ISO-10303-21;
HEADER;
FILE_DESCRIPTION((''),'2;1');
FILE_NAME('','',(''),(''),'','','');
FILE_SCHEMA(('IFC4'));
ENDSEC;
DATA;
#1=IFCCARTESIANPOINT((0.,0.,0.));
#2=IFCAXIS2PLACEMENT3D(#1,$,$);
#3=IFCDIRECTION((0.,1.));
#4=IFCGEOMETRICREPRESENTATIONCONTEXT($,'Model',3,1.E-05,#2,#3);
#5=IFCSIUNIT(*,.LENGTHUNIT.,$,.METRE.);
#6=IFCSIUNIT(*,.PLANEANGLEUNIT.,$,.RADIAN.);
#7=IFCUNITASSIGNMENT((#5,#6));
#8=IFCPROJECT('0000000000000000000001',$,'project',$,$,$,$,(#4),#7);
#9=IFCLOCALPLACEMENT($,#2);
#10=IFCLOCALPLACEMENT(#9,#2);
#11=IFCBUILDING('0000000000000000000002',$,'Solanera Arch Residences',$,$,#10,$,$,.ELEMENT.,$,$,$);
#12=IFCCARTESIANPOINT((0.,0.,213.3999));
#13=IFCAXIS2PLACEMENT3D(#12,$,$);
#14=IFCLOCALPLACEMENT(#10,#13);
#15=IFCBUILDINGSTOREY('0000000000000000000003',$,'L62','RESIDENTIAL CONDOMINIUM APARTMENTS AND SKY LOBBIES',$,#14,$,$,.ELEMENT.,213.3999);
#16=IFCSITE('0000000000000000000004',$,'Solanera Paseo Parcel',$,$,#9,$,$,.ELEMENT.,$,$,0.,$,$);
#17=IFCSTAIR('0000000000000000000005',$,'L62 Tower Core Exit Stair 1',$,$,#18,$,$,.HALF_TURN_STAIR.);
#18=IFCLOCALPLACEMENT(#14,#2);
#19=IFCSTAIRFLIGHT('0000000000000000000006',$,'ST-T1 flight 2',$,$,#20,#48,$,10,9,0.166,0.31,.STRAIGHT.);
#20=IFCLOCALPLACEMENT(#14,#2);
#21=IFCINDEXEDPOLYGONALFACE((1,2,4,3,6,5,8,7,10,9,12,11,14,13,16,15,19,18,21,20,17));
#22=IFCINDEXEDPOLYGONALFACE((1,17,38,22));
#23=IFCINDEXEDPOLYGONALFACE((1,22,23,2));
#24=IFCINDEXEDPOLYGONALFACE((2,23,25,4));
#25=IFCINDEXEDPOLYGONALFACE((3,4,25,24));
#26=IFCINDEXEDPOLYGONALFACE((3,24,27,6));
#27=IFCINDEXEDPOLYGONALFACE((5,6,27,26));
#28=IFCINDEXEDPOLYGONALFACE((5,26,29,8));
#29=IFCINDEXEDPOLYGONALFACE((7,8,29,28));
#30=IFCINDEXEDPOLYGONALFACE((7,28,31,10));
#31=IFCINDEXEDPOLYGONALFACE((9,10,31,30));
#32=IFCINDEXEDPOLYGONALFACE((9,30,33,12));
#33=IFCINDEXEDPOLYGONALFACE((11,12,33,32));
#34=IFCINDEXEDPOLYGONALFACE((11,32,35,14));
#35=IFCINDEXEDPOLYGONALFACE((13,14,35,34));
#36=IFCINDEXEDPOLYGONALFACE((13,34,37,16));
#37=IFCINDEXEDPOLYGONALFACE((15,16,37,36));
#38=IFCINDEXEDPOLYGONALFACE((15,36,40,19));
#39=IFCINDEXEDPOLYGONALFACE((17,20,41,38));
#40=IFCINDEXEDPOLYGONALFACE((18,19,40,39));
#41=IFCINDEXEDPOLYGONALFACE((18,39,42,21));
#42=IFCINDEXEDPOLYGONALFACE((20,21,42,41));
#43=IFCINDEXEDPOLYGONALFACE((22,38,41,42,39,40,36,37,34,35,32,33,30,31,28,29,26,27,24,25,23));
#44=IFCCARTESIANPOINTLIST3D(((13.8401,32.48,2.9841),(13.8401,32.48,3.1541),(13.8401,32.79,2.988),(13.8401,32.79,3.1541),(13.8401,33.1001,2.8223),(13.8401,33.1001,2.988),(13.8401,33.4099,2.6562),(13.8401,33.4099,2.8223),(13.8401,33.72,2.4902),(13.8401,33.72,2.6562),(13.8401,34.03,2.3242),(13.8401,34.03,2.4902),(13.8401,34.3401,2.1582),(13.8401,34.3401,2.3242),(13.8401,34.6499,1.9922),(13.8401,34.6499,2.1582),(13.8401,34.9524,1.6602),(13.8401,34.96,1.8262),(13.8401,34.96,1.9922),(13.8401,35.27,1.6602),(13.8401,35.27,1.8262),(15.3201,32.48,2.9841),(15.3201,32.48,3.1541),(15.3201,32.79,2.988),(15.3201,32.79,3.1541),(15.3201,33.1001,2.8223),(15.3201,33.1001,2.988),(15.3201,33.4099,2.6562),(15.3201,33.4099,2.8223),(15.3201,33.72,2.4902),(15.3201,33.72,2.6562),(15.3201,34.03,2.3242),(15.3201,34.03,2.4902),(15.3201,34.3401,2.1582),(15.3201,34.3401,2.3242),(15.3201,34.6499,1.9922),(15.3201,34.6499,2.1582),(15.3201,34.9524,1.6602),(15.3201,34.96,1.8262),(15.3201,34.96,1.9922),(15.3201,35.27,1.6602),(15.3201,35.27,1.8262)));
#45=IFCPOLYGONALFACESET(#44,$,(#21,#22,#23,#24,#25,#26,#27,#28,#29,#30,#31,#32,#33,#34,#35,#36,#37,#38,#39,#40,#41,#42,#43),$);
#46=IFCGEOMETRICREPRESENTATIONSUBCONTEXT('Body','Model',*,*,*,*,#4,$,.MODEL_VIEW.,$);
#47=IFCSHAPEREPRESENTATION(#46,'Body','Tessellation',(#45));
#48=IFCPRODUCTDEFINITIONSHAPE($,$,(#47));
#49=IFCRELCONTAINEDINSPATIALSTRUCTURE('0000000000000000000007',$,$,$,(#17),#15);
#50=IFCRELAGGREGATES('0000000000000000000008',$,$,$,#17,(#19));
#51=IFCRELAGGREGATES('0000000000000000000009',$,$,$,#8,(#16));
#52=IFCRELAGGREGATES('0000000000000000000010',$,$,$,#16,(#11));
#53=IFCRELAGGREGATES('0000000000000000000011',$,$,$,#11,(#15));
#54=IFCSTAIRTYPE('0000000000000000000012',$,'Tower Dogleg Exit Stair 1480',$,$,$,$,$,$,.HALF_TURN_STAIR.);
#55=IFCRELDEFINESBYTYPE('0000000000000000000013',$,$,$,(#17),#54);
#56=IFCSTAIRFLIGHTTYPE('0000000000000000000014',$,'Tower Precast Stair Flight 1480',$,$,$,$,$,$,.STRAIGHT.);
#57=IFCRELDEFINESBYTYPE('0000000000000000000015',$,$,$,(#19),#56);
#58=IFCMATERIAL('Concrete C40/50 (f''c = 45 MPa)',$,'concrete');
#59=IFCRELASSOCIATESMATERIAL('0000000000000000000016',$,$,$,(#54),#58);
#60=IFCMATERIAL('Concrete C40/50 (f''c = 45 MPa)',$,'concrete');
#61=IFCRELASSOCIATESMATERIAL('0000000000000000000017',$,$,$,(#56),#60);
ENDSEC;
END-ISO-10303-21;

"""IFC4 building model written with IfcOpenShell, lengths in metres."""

from ifc_helpers import new_model, si_unit, direction, frame, origin, place, context, subcontext, project, spatial, polyline, outline, extrude, material, type_object, element, aggregate, save


model = new_model("IFC4")

# Units and contexts
model_context = context("Model", 3, precision=1e-05, world=origin(), true_north=direction((0.0, 1.0)))
body_context = subcontext(model_context, "Body", "Model", "MODEL_VIEW")
ifc_project = project(units=[si_unit("LENGTHUNIT", "METRE"), si_unit("PLANEANGLEUNIT", "RADIAN")], contexts=[model_context])

# Site, building, storey
site_placement = place(None, origin())
site = spatial("IfcSite", under=ifc_project, at=site_placement, Name="Solanera Paseo Parcel", CompositionType="ELEMENT", RefElevation=0.0)
building_placement = place(site_placement, origin())
building = spatial("IfcBuilding", under=site, at=building_placement, Name="Solanera Arch Residences", CompositionType="ELEMENT")
storey_placement = place(building_placement, frame((0.0, 0.0, 213.3999)))
storey = spatial("IfcBuildingStorey", under=building, at=storey_placement, Name="L62", Description="RESIDENTIAL CONDOMINIUM APARTMENTS AND SKY LOBBIES", CompositionType="ELEMENT", Elevation=213.3999)

# Stair, stair flight
ifc_material_1 = material(Name="Concrete C40/50 (f'c = 45 MPa)", Category="concrete")
stair_type = type_object("IfcStairType", Name="Tower Dogleg Exit Stair 1480", PredefinedType="HALF_TURN_STAIR", material=ifc_material_1)
stair_placement = place(storey_placement, origin())
stair = element("IfcStair", 1, at=stair_placement, inside=storey, type_object=stair_type, Name="L62 Tower Core Exit Stair 1", PredefinedType="HALF_TURN_STAIR")
ifc_material_2 = material(Name="Concrete C40/50 (f'c = 45 MPa)", Category="concrete")
stair_flight_type = type_object("IfcStairFlightType", Name="Tower Precast Stair Flight 1480", PredefinedType="STRAIGHT", material=ifc_material_2)
stair_flight_placement = place(storey_placement, frame((14.5801, 35.27, 1.6602), z_axis=(0.0, 0.0, 1.0), x_axis=(0.0, -1.0, 0.0)))
stair_flight = element("IfcStairFlight", 2, at=stair_flight_placement, type_object=stair_flight_type, Name="ST-T1 flight 2", NumberOfRisers=10, NumberOfTreads=9, PredefinedType="STRAIGHT", RiserHeight=0.166, TreadLength=0.31, context=body_context, shape_type="SweptSolid", body=[
    extrude(outline(polyline([(0.0, 0.0), (0.0, 0.166), (0.3101, 0.166), (0.3101, 0.332), (0.6201, 0.332), (0.6201, 0.498), (0.9299, 0.498), (0.9299, 0.6641), (1.24, 0.6641), (1.24, 0.8301), (1.55, 0.8301), (1.55, 0.9961), (1.8601, 0.9961), (1.8601, 1.1621), (2.1699, 1.1621), (2.1699, 1.3279), (2.48, 1.3279), (2.48, 1.4939), (2.79, 1.4939), (2.79, 1.6599), (2.79, 1.324), (0.3176, 0.0), (0.0, 0.0)])), frame((0.0, 0.74, 0.0), z_axis=(0.0, -1.0, 0.0), x_axis=(1.0, 0.0, 0.0)), (0.0, 0.0, 1.0), 1.48),
])
aggregate(stair, [stair_flight])

save(model, "model.ifc")
